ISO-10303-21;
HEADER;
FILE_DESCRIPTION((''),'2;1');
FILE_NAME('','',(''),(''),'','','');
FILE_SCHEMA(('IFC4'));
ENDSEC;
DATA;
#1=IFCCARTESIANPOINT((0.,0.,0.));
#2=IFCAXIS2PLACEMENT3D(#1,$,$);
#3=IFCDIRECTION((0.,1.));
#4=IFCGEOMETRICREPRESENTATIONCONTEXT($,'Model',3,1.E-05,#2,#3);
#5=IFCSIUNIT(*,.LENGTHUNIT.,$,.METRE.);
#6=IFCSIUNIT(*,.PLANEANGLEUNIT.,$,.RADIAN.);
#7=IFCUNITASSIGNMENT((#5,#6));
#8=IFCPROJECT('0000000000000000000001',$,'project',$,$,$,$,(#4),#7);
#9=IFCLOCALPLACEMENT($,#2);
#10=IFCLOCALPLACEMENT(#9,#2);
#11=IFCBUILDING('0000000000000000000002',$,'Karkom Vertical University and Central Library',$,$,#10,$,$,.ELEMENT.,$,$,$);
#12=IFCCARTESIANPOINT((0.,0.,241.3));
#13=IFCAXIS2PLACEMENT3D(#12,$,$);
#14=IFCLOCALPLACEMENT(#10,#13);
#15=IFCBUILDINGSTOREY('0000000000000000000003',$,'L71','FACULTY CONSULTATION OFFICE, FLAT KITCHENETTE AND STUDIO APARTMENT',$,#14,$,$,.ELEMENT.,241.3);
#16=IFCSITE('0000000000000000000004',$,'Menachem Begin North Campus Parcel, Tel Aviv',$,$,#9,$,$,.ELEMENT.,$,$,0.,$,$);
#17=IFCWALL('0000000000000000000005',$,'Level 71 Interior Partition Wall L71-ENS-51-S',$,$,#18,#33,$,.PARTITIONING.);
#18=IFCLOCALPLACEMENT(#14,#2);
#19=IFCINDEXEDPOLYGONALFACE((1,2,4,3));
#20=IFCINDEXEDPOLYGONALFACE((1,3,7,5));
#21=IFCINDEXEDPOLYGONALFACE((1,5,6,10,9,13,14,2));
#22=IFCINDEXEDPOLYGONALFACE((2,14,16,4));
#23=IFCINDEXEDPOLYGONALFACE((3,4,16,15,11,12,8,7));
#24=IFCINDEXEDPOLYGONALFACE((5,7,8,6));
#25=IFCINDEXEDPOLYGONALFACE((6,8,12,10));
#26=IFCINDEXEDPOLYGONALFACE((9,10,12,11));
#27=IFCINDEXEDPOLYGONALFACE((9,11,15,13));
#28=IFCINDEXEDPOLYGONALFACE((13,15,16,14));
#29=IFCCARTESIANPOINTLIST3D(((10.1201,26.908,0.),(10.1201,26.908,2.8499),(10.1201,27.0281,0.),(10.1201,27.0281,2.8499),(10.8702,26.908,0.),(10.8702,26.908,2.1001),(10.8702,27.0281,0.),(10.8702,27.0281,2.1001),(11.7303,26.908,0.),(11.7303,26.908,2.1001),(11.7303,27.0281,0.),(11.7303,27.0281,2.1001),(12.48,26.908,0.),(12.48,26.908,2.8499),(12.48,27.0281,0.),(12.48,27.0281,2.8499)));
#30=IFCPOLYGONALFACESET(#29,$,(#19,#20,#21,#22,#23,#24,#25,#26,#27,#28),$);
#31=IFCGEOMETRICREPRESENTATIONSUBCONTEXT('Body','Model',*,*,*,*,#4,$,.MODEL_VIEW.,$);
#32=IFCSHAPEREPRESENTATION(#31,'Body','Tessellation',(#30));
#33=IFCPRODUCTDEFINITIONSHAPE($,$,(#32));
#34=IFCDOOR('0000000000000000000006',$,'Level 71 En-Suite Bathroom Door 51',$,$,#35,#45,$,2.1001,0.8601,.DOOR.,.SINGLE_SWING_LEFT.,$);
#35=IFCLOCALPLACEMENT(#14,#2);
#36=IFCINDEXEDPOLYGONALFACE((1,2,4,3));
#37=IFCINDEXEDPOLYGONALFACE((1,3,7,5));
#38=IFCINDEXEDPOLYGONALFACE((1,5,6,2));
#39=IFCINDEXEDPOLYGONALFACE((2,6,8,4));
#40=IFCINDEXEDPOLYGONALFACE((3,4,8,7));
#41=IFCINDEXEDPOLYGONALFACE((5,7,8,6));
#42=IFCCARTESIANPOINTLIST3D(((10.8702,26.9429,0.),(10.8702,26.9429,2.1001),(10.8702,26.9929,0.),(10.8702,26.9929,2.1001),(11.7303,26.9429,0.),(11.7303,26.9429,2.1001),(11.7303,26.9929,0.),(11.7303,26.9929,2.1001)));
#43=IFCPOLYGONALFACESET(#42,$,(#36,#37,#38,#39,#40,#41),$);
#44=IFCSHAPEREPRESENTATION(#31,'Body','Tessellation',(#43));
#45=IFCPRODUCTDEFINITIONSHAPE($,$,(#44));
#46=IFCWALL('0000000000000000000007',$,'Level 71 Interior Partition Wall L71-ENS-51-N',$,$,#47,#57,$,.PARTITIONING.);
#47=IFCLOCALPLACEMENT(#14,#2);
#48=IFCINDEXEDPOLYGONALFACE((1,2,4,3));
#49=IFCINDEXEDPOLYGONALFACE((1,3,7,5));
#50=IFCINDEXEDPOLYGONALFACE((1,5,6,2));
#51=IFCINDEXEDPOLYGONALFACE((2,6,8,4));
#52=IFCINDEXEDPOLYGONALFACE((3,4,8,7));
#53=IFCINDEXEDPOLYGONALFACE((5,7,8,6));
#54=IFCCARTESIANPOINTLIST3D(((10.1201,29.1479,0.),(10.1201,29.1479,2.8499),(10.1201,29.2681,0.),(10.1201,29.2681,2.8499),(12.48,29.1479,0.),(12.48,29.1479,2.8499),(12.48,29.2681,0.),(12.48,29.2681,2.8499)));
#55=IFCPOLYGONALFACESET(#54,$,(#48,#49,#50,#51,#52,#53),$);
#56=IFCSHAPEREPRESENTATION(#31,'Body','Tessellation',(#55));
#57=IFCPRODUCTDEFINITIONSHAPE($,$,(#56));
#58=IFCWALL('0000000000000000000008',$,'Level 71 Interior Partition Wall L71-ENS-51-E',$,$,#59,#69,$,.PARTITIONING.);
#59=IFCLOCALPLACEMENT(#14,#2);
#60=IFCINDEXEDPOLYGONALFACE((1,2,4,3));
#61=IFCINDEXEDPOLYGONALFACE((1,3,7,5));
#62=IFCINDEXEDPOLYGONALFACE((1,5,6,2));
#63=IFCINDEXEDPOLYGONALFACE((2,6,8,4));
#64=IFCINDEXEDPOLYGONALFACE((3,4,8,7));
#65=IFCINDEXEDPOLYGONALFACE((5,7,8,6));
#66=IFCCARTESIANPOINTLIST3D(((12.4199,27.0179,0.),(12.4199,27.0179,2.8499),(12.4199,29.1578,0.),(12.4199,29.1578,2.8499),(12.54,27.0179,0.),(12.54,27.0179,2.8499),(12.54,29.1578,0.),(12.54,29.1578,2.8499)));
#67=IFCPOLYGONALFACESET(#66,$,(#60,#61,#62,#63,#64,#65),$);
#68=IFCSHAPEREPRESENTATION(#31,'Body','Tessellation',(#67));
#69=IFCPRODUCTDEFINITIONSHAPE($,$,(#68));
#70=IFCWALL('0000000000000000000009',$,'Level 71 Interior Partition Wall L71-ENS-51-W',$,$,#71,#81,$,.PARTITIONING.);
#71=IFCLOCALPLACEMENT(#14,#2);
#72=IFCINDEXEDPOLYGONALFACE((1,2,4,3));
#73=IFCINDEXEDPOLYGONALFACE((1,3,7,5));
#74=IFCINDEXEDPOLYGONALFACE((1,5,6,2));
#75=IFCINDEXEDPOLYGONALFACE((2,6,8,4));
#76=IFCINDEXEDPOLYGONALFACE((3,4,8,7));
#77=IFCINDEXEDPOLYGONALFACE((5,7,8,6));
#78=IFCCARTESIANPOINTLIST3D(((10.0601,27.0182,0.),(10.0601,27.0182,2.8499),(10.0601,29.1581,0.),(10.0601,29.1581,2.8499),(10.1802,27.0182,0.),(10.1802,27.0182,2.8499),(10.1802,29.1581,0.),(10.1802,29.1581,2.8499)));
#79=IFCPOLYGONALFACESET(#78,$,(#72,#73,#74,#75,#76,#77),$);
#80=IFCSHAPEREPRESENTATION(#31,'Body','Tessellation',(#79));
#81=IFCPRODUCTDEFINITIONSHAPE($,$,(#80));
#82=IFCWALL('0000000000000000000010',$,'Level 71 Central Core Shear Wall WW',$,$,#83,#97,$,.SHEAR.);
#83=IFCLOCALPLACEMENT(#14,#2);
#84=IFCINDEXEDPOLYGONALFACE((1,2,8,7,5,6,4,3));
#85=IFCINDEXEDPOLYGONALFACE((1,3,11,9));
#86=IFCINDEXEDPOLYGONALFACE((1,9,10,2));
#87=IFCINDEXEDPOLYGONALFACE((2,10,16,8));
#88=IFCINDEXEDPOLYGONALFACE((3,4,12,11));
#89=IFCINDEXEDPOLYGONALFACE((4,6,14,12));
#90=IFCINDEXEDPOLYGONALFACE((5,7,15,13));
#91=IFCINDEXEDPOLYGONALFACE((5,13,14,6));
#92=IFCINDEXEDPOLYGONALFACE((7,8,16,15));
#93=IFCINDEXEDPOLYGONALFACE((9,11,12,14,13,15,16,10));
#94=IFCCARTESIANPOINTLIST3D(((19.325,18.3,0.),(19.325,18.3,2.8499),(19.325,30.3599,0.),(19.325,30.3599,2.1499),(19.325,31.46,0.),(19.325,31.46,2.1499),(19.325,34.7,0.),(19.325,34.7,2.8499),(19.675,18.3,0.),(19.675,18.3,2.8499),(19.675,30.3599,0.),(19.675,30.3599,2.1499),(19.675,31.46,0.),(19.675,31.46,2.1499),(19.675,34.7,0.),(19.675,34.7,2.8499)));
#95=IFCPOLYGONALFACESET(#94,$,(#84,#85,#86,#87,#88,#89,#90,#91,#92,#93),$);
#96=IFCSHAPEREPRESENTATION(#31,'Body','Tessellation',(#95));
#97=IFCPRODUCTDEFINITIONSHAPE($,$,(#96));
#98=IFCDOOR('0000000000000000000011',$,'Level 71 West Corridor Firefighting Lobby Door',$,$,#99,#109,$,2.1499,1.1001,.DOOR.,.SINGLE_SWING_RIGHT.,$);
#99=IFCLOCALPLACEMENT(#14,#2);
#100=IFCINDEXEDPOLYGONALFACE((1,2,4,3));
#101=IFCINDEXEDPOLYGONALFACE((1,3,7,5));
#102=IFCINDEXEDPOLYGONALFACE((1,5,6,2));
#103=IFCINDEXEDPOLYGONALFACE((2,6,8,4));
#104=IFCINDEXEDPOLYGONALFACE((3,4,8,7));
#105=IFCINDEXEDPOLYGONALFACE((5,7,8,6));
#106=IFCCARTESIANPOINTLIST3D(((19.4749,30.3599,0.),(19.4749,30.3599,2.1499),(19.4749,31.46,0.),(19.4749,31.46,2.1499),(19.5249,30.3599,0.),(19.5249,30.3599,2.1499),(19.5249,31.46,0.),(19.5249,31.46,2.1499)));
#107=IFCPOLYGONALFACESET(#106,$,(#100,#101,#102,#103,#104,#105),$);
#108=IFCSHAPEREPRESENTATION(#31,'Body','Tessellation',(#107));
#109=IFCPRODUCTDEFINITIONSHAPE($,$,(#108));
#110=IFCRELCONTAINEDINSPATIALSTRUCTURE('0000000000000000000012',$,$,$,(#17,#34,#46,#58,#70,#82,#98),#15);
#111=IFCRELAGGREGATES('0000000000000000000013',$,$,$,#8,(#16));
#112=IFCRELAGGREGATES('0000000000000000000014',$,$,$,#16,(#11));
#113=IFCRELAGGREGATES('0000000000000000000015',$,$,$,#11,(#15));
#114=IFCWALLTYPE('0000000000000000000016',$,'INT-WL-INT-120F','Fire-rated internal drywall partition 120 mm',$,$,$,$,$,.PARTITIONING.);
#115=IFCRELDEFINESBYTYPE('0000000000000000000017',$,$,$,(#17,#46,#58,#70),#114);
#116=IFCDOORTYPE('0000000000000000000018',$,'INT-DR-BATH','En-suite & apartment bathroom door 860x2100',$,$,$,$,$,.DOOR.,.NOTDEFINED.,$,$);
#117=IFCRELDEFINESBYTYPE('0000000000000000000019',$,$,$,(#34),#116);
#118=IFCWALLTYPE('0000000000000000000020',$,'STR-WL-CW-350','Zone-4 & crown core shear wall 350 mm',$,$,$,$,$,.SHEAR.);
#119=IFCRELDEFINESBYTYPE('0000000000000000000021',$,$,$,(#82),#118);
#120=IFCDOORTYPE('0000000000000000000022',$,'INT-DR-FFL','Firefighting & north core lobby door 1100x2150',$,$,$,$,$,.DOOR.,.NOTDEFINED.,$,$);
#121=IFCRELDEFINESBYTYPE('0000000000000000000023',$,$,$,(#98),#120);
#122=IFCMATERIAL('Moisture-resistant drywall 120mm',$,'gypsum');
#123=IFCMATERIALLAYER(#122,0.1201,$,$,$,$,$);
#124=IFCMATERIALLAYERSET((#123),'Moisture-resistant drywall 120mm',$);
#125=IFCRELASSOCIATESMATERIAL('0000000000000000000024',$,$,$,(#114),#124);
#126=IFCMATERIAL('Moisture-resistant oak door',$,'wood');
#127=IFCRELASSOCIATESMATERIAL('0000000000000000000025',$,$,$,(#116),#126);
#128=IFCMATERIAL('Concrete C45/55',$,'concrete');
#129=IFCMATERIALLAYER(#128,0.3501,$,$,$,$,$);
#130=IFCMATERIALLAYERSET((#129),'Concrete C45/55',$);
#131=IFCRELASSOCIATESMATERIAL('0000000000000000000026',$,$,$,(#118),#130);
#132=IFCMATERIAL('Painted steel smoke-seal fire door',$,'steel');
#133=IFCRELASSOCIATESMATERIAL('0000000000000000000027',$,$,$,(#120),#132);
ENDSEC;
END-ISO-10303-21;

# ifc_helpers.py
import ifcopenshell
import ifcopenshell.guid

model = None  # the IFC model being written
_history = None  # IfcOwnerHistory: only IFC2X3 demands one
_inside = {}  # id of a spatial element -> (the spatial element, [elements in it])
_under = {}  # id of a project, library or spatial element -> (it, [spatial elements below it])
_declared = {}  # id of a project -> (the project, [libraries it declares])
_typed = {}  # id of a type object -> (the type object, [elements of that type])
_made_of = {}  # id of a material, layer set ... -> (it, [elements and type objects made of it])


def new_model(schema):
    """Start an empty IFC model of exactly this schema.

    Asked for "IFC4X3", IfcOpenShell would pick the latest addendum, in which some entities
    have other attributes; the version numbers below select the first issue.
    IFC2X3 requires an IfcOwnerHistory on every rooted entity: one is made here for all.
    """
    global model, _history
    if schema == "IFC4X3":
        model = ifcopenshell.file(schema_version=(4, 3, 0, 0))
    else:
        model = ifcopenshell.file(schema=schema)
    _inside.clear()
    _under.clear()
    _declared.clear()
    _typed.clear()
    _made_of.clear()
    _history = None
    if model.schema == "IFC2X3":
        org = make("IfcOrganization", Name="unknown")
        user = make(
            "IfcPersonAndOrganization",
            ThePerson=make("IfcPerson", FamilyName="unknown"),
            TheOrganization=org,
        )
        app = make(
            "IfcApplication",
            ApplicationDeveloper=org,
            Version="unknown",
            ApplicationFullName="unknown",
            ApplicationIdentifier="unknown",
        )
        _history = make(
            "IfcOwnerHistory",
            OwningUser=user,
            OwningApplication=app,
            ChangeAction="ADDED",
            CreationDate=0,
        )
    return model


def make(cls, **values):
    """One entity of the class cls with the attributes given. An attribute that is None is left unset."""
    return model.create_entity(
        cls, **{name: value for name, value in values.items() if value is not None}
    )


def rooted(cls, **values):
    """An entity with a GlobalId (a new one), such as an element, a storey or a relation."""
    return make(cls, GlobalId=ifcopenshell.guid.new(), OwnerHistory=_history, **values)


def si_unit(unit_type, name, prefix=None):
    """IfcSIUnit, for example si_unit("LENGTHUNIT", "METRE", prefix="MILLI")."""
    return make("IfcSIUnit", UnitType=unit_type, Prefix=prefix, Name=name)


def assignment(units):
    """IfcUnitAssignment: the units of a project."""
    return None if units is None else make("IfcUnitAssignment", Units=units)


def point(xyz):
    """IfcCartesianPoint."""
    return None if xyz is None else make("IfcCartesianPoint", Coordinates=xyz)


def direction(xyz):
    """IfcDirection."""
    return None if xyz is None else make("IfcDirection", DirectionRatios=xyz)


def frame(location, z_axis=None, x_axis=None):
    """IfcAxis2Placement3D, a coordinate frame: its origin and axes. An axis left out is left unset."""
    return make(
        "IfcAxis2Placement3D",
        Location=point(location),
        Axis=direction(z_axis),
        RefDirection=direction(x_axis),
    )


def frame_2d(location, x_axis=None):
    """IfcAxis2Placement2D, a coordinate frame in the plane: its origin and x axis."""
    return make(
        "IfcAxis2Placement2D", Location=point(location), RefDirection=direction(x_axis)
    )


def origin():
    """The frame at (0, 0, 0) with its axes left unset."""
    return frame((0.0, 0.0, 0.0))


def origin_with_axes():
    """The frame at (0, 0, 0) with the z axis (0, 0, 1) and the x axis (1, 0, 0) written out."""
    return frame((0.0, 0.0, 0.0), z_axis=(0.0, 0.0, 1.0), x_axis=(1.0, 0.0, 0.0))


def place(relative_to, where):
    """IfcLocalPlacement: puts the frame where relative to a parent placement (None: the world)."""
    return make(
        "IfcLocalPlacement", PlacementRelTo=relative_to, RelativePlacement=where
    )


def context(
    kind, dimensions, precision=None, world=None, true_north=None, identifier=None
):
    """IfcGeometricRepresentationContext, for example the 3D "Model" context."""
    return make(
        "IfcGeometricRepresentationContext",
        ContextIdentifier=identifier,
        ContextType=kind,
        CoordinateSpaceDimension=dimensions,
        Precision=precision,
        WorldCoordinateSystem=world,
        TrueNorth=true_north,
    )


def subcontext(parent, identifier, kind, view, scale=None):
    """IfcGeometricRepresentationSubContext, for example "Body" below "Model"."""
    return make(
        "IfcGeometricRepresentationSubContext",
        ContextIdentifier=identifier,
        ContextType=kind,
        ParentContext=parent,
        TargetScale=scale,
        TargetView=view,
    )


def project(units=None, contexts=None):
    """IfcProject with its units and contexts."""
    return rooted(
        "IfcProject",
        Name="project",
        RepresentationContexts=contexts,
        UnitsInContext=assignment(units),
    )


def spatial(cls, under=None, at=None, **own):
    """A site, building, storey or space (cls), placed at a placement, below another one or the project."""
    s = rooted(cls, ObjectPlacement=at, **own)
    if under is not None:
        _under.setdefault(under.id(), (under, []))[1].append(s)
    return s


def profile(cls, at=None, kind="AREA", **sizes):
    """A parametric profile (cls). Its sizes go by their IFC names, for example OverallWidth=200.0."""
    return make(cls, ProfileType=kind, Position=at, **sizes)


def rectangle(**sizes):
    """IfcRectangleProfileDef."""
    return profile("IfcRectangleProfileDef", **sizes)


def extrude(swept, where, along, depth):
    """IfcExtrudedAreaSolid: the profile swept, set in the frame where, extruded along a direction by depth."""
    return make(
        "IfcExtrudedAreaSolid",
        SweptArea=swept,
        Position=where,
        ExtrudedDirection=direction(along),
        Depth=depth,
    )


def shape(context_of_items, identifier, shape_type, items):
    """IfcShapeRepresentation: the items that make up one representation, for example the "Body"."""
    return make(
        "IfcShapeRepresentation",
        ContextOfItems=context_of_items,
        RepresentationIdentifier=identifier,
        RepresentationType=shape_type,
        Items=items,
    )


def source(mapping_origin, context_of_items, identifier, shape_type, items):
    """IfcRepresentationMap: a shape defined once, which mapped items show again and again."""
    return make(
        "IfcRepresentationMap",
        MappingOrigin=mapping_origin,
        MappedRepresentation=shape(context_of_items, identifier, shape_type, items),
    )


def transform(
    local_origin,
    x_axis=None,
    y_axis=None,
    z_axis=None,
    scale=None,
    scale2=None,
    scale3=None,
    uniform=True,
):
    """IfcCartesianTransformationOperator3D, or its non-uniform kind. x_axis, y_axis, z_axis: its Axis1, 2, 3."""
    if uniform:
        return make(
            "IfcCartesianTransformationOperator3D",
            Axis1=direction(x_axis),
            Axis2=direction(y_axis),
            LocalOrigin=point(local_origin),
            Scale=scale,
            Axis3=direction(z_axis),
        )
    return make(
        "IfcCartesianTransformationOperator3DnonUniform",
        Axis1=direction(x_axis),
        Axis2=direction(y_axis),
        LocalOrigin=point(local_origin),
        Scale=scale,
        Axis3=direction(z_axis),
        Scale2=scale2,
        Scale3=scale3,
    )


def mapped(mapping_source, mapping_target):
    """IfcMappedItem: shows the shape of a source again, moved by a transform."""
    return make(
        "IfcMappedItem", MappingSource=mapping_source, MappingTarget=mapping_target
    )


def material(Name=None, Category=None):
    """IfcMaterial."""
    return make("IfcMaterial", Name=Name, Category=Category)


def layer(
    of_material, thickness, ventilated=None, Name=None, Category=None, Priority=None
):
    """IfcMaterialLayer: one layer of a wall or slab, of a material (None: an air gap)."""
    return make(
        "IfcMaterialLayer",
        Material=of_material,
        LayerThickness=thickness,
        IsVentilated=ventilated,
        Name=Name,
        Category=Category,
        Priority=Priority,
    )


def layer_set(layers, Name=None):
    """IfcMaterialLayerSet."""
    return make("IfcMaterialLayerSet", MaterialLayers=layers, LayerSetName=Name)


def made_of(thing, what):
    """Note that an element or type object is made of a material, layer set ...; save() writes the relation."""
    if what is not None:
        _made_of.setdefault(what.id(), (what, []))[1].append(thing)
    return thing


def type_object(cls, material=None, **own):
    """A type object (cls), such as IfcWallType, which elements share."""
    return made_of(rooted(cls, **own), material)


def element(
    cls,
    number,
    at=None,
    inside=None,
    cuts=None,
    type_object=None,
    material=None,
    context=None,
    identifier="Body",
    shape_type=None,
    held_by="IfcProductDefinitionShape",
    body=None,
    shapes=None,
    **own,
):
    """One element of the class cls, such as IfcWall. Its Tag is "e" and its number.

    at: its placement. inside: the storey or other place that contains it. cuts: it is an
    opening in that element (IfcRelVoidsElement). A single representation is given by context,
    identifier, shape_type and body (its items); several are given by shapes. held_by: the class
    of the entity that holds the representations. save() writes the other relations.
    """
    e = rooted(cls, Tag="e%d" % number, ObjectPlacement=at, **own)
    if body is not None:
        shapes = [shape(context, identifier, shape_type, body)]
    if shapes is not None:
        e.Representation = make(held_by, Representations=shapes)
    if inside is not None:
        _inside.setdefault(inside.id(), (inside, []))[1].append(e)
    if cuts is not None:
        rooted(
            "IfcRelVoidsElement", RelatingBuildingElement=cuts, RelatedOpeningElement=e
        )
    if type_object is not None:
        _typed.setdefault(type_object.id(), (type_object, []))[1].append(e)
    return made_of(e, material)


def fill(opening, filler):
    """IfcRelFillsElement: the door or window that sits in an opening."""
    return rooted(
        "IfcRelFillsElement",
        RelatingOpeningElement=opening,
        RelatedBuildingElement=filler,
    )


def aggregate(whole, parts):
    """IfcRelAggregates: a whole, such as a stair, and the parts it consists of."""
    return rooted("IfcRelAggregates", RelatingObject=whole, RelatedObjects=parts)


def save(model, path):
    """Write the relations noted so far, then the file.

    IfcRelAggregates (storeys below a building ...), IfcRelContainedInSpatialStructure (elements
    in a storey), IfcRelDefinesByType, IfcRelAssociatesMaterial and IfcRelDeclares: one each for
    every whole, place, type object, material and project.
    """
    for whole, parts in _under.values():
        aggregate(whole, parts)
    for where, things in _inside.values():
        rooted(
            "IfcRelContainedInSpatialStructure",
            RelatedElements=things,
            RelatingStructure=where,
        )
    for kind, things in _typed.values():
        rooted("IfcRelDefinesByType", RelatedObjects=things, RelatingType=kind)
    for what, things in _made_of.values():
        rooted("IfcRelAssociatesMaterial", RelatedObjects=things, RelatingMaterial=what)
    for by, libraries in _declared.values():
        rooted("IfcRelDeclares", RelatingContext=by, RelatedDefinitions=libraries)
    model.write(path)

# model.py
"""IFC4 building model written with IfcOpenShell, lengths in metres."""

from ifc_helpers import new_model, si_unit, direction, frame, frame_2d, origin, origin_with_axes, place, context, subcontext, project, spatial, rectangle, extrude, source, transform, mapped, material, layer, layer_set, type_object, element, fill, save


model = new_model("IFC4")

# Units and contexts
model_context = context("Model", 3, precision=1e-05, world=origin(), true_north=direction((0.0, 1.0)))
body_context = subcontext(model_context, "Body", "Model", "MODEL_VIEW")
ifc_project = project(units=[si_unit("LENGTHUNIT", "METRE"), si_unit("PLANEANGLEUNIT", "RADIAN")], contexts=[model_context])

# Site, building, storey
site_placement = place(None, origin())
site = spatial("IfcSite", under=ifc_project, at=site_placement, Name="Menachem Begin North Campus Parcel, Tel Aviv", CompositionType="ELEMENT", RefElevation=0.0)
building_placement = place(site_placement, origin())
building = spatial("IfcBuilding", under=site, at=building_placement, Name="Karkom Vertical University and Central Library", CompositionType="ELEMENT")
storey_placement = place(building_placement, frame((0.0, 0.0, 241.3)))
storey = spatial("IfcBuildingStorey", under=building, at=storey_placement, Name="L71", Description="FACULTY CONSULTATION OFFICE, FLAT KITCHENETTE AND STUDIO APARTMENT", CompositionType="ELEMENT", Elevation=241.3)

# Shared definitions
ifc_material_1 = material(Name="Concrete C45/55", Category="concrete")

# Wall, opening, door
ifc_material_2 = material(Name="Moisture-resistant drywall 120mm", Category="gypsum")
ifc_layer_1 = layer(ifc_material_2, 0.1201)
ifc_layer_set_1 = layer_set([ifc_layer_1], Name="Moisture-resistant drywall 120mm")
wall_type_1 = type_object("IfcWallType", Name="INT-WL-INT-120F", Description="Fire-rated internal drywall partition 120 mm", PredefinedType="PARTITIONING", material=ifc_layer_set_1)
wall_1_placement = place(storey_placement, frame((10.1201, 26.968, 0.0), z_axis=(0.0, 0.0, 1.0), x_axis=(1.0, 0.0, 0.0)))
wall_1 = element("IfcWall", 1, at=wall_1_placement, inside=storey, type_object=wall_type_1, Name="Level 71 Interior Partition Wall L71-ENS-51-S", PredefinedType="PARTITIONING", context=body_context, shape_type="SweptSolid", body=[
    extrude(rectangle(XDim=2.3599, YDim=0.1201, at=frame_2d((1.1799, 0.0))), origin(), (0.0, 0.0, 1.0), 2.8499),
])
opening_1_placement = place(wall_1_placement, frame((0.75, 0.0, 0.0)))
opening_1 = element("IfcOpeningElement", 2, at=opening_1_placement, cuts=wall_1, PredefinedType="OPENING", context=body_context, shape_type="SweptSolid", body=[
    extrude(rectangle(XDim=0.8601, YDim=2.1001, at=frame_2d((0.4302, 1.05))), frame((0.0, 0.0701, 0.0), z_axis=(0.0, -1.0, 0.0), x_axis=(1.0, 0.0, 0.0)), (0.0, 0.0, 1.0), 0.1401),
])
ifc_material_3 = material(Name="Moisture-resistant oak door", Category="wood")
door_type_1 = type_object("IfcDoorType", Name="INT-DR-BATH", Description="En-suite & apartment bathroom door 860x2100", OperationType="NOTDEFINED", PredefinedType="DOOR", material=ifc_material_3)
shared_shape_1 = source(origin_with_axes(), body_context, "Body", "SweptSolid", [
    extrude(rectangle(XDim=0.8601, YDim=2.1001, at=frame_2d((0.4302, 1.05))), frame((0.0, 0.0249, 0.0), z_axis=(0.0, -1.0, 0.0), x_axis=(1.0, 0.0, 0.0)), (0.0, 0.0, 1.0), 0.05),
])
door_1_placement = place(opening_1_placement, origin())
door_1 = element("IfcDoor", 3, at=door_1_placement, inside=storey, type_object=door_type_1, Name="Level 71 En-Suite Bathroom Door 51", OperationType="SINGLE_SWING_LEFT", OverallHeight=2.1001, OverallWidth=0.8601, PredefinedType="DOOR", context=body_context, shape_type="MappedRepresentation", body=[
    mapped(shared_shape_1, transform((0.0, 0.0, 0.0), scale=1.0)),
])
fill(opening_1, door_1)

# Walls
wall_2_placement = place(storey_placement, frame((12.48, 29.208, 0.0), z_axis=(0.0, 0.0, 1.0), x_axis=(-1.0, 0.0, 0.0)))
element("IfcWall", 4, at=wall_2_placement, inside=storey, type_object=wall_type_1, Name="Level 71 Interior Partition Wall L71-ENS-51-N", PredefinedType="PARTITIONING", context=body_context, shape_type="SweptSolid", body=[
    extrude(rectangle(XDim=2.3599, YDim=0.1201, at=frame_2d((1.1799, 0.0))), origin(), (0.0, 0.0, 1.0), 2.8499),
])
for number, where, z_axis, x_axis, name in (
    (5, (12.48, 27.0181, 0.0), (0.0, 0.0, 1.0), (0.0, 1.0, 0.0), "Level 71 Interior Partition Wall L71-ENS-51-E"),
    (6, (10.1201, 29.158, 0.0), (0.0, 0.0, 1.0), (0.0, -1.0, 0.0), "Level 71 Interior Partition Wall L71-ENS-51-W"),
):
    element("IfcWall", number, at=place(storey_placement, frame(where, z_axis=z_axis, x_axis=x_axis)), inside=storey, type_object=wall_type_1, Name=name, PredefinedType="PARTITIONING", context=body_context, shape_type="SweptSolid", body=[
        extrude(rectangle(XDim=2.1399, YDim=0.1201, at=frame_2d((1.0698, 0.0))), origin(), (0.0, 0.0, 1.0), 2.8499),
    ])

# Wall, opening, door
ifc_layer_2 = layer(ifc_material_1, 0.3501)
ifc_layer_set_2 = layer_set([ifc_layer_2], Name="Concrete C45/55")
wall_type_2 = type_object("IfcWallType", Name="STR-WL-CW-350", Description="Zone-4 & crown core shear wall 350 mm", PredefinedType="SHEAR", material=ifc_layer_set_2)
wall_3_placement = place(storey_placement, frame((19.5, 34.7, 0.0), z_axis=(0.0, 0.0, 1.0), x_axis=(0.0, -1.0, 0.0)))
wall_3 = element("IfcWall", 7, at=wall_3_placement, inside=storey, type_object=wall_type_2, Name="Level 71 Central Core Shear Wall WW", PredefinedType="SHEAR", context=body_context, shape_type="SweptSolid", body=[
    extrude(rectangle(XDim=16.3999, YDim=0.3501, at=frame_2d((8.2, 0.0))), origin(), (0.0, 0.0, 1.0), 2.8499),
])
opening_2_placement = place(wall_3_placement, frame((3.24, 0.0, 0.0)))
opening_2 = element("IfcOpeningElement", 8, at=opening_2_placement, cuts=wall_3, PredefinedType="OPENING", context=body_context, shape_type="SweptSolid", body=[
    extrude(rectangle(XDim=1.1001, YDim=2.1499, at=frame_2d((0.55, 1.075))), frame((0.0, 0.1851, 0.0), z_axis=(0.0, -1.0, 0.0), x_axis=(1.0, 0.0, 0.0)), (0.0, 0.0, 1.0), 0.3701),
])
ifc_material_4 = material(Name="Painted steel smoke-seal fire door", Category="steel")
door_type_2 = type_object("IfcDoorType", Name="INT-DR-FFL", Description="Firefighting & north core lobby door 1100x2150", OperationType="NOTDEFINED", PredefinedType="DOOR", material=ifc_material_4)
shared_shape_2 = source(origin_with_axes(), body_context, "Body", "SweptSolid", [
    extrude(rectangle(XDim=1.1001, YDim=2.1499, at=frame_2d((0.55, 1.075))), frame((0.0, 0.0249, 0.0), z_axis=(0.0, -1.0, 0.0), x_axis=(1.0, 0.0, 0.0)), (0.0, 0.0, 1.0), 0.05),
])
door_2_placement = place(opening_2_placement, origin())
door_2 = element("IfcDoor", 9, at=door_2_placement, inside=storey, type_object=door_type_2, Name="Level 71 West Corridor Firefighting Lobby Door", OperationType="SINGLE_SWING_RIGHT", OverallHeight=2.1499, OverallWidth=1.1001, PredefinedType="DOOR", context=body_context, shape_type="MappedRepresentation", body=[
    mapped(shared_shape_2, transform((0.0, 0.0, 0.0), scale=1.0)),
])
fill(opening_2, door_2)

save(model, "model.ifc")
